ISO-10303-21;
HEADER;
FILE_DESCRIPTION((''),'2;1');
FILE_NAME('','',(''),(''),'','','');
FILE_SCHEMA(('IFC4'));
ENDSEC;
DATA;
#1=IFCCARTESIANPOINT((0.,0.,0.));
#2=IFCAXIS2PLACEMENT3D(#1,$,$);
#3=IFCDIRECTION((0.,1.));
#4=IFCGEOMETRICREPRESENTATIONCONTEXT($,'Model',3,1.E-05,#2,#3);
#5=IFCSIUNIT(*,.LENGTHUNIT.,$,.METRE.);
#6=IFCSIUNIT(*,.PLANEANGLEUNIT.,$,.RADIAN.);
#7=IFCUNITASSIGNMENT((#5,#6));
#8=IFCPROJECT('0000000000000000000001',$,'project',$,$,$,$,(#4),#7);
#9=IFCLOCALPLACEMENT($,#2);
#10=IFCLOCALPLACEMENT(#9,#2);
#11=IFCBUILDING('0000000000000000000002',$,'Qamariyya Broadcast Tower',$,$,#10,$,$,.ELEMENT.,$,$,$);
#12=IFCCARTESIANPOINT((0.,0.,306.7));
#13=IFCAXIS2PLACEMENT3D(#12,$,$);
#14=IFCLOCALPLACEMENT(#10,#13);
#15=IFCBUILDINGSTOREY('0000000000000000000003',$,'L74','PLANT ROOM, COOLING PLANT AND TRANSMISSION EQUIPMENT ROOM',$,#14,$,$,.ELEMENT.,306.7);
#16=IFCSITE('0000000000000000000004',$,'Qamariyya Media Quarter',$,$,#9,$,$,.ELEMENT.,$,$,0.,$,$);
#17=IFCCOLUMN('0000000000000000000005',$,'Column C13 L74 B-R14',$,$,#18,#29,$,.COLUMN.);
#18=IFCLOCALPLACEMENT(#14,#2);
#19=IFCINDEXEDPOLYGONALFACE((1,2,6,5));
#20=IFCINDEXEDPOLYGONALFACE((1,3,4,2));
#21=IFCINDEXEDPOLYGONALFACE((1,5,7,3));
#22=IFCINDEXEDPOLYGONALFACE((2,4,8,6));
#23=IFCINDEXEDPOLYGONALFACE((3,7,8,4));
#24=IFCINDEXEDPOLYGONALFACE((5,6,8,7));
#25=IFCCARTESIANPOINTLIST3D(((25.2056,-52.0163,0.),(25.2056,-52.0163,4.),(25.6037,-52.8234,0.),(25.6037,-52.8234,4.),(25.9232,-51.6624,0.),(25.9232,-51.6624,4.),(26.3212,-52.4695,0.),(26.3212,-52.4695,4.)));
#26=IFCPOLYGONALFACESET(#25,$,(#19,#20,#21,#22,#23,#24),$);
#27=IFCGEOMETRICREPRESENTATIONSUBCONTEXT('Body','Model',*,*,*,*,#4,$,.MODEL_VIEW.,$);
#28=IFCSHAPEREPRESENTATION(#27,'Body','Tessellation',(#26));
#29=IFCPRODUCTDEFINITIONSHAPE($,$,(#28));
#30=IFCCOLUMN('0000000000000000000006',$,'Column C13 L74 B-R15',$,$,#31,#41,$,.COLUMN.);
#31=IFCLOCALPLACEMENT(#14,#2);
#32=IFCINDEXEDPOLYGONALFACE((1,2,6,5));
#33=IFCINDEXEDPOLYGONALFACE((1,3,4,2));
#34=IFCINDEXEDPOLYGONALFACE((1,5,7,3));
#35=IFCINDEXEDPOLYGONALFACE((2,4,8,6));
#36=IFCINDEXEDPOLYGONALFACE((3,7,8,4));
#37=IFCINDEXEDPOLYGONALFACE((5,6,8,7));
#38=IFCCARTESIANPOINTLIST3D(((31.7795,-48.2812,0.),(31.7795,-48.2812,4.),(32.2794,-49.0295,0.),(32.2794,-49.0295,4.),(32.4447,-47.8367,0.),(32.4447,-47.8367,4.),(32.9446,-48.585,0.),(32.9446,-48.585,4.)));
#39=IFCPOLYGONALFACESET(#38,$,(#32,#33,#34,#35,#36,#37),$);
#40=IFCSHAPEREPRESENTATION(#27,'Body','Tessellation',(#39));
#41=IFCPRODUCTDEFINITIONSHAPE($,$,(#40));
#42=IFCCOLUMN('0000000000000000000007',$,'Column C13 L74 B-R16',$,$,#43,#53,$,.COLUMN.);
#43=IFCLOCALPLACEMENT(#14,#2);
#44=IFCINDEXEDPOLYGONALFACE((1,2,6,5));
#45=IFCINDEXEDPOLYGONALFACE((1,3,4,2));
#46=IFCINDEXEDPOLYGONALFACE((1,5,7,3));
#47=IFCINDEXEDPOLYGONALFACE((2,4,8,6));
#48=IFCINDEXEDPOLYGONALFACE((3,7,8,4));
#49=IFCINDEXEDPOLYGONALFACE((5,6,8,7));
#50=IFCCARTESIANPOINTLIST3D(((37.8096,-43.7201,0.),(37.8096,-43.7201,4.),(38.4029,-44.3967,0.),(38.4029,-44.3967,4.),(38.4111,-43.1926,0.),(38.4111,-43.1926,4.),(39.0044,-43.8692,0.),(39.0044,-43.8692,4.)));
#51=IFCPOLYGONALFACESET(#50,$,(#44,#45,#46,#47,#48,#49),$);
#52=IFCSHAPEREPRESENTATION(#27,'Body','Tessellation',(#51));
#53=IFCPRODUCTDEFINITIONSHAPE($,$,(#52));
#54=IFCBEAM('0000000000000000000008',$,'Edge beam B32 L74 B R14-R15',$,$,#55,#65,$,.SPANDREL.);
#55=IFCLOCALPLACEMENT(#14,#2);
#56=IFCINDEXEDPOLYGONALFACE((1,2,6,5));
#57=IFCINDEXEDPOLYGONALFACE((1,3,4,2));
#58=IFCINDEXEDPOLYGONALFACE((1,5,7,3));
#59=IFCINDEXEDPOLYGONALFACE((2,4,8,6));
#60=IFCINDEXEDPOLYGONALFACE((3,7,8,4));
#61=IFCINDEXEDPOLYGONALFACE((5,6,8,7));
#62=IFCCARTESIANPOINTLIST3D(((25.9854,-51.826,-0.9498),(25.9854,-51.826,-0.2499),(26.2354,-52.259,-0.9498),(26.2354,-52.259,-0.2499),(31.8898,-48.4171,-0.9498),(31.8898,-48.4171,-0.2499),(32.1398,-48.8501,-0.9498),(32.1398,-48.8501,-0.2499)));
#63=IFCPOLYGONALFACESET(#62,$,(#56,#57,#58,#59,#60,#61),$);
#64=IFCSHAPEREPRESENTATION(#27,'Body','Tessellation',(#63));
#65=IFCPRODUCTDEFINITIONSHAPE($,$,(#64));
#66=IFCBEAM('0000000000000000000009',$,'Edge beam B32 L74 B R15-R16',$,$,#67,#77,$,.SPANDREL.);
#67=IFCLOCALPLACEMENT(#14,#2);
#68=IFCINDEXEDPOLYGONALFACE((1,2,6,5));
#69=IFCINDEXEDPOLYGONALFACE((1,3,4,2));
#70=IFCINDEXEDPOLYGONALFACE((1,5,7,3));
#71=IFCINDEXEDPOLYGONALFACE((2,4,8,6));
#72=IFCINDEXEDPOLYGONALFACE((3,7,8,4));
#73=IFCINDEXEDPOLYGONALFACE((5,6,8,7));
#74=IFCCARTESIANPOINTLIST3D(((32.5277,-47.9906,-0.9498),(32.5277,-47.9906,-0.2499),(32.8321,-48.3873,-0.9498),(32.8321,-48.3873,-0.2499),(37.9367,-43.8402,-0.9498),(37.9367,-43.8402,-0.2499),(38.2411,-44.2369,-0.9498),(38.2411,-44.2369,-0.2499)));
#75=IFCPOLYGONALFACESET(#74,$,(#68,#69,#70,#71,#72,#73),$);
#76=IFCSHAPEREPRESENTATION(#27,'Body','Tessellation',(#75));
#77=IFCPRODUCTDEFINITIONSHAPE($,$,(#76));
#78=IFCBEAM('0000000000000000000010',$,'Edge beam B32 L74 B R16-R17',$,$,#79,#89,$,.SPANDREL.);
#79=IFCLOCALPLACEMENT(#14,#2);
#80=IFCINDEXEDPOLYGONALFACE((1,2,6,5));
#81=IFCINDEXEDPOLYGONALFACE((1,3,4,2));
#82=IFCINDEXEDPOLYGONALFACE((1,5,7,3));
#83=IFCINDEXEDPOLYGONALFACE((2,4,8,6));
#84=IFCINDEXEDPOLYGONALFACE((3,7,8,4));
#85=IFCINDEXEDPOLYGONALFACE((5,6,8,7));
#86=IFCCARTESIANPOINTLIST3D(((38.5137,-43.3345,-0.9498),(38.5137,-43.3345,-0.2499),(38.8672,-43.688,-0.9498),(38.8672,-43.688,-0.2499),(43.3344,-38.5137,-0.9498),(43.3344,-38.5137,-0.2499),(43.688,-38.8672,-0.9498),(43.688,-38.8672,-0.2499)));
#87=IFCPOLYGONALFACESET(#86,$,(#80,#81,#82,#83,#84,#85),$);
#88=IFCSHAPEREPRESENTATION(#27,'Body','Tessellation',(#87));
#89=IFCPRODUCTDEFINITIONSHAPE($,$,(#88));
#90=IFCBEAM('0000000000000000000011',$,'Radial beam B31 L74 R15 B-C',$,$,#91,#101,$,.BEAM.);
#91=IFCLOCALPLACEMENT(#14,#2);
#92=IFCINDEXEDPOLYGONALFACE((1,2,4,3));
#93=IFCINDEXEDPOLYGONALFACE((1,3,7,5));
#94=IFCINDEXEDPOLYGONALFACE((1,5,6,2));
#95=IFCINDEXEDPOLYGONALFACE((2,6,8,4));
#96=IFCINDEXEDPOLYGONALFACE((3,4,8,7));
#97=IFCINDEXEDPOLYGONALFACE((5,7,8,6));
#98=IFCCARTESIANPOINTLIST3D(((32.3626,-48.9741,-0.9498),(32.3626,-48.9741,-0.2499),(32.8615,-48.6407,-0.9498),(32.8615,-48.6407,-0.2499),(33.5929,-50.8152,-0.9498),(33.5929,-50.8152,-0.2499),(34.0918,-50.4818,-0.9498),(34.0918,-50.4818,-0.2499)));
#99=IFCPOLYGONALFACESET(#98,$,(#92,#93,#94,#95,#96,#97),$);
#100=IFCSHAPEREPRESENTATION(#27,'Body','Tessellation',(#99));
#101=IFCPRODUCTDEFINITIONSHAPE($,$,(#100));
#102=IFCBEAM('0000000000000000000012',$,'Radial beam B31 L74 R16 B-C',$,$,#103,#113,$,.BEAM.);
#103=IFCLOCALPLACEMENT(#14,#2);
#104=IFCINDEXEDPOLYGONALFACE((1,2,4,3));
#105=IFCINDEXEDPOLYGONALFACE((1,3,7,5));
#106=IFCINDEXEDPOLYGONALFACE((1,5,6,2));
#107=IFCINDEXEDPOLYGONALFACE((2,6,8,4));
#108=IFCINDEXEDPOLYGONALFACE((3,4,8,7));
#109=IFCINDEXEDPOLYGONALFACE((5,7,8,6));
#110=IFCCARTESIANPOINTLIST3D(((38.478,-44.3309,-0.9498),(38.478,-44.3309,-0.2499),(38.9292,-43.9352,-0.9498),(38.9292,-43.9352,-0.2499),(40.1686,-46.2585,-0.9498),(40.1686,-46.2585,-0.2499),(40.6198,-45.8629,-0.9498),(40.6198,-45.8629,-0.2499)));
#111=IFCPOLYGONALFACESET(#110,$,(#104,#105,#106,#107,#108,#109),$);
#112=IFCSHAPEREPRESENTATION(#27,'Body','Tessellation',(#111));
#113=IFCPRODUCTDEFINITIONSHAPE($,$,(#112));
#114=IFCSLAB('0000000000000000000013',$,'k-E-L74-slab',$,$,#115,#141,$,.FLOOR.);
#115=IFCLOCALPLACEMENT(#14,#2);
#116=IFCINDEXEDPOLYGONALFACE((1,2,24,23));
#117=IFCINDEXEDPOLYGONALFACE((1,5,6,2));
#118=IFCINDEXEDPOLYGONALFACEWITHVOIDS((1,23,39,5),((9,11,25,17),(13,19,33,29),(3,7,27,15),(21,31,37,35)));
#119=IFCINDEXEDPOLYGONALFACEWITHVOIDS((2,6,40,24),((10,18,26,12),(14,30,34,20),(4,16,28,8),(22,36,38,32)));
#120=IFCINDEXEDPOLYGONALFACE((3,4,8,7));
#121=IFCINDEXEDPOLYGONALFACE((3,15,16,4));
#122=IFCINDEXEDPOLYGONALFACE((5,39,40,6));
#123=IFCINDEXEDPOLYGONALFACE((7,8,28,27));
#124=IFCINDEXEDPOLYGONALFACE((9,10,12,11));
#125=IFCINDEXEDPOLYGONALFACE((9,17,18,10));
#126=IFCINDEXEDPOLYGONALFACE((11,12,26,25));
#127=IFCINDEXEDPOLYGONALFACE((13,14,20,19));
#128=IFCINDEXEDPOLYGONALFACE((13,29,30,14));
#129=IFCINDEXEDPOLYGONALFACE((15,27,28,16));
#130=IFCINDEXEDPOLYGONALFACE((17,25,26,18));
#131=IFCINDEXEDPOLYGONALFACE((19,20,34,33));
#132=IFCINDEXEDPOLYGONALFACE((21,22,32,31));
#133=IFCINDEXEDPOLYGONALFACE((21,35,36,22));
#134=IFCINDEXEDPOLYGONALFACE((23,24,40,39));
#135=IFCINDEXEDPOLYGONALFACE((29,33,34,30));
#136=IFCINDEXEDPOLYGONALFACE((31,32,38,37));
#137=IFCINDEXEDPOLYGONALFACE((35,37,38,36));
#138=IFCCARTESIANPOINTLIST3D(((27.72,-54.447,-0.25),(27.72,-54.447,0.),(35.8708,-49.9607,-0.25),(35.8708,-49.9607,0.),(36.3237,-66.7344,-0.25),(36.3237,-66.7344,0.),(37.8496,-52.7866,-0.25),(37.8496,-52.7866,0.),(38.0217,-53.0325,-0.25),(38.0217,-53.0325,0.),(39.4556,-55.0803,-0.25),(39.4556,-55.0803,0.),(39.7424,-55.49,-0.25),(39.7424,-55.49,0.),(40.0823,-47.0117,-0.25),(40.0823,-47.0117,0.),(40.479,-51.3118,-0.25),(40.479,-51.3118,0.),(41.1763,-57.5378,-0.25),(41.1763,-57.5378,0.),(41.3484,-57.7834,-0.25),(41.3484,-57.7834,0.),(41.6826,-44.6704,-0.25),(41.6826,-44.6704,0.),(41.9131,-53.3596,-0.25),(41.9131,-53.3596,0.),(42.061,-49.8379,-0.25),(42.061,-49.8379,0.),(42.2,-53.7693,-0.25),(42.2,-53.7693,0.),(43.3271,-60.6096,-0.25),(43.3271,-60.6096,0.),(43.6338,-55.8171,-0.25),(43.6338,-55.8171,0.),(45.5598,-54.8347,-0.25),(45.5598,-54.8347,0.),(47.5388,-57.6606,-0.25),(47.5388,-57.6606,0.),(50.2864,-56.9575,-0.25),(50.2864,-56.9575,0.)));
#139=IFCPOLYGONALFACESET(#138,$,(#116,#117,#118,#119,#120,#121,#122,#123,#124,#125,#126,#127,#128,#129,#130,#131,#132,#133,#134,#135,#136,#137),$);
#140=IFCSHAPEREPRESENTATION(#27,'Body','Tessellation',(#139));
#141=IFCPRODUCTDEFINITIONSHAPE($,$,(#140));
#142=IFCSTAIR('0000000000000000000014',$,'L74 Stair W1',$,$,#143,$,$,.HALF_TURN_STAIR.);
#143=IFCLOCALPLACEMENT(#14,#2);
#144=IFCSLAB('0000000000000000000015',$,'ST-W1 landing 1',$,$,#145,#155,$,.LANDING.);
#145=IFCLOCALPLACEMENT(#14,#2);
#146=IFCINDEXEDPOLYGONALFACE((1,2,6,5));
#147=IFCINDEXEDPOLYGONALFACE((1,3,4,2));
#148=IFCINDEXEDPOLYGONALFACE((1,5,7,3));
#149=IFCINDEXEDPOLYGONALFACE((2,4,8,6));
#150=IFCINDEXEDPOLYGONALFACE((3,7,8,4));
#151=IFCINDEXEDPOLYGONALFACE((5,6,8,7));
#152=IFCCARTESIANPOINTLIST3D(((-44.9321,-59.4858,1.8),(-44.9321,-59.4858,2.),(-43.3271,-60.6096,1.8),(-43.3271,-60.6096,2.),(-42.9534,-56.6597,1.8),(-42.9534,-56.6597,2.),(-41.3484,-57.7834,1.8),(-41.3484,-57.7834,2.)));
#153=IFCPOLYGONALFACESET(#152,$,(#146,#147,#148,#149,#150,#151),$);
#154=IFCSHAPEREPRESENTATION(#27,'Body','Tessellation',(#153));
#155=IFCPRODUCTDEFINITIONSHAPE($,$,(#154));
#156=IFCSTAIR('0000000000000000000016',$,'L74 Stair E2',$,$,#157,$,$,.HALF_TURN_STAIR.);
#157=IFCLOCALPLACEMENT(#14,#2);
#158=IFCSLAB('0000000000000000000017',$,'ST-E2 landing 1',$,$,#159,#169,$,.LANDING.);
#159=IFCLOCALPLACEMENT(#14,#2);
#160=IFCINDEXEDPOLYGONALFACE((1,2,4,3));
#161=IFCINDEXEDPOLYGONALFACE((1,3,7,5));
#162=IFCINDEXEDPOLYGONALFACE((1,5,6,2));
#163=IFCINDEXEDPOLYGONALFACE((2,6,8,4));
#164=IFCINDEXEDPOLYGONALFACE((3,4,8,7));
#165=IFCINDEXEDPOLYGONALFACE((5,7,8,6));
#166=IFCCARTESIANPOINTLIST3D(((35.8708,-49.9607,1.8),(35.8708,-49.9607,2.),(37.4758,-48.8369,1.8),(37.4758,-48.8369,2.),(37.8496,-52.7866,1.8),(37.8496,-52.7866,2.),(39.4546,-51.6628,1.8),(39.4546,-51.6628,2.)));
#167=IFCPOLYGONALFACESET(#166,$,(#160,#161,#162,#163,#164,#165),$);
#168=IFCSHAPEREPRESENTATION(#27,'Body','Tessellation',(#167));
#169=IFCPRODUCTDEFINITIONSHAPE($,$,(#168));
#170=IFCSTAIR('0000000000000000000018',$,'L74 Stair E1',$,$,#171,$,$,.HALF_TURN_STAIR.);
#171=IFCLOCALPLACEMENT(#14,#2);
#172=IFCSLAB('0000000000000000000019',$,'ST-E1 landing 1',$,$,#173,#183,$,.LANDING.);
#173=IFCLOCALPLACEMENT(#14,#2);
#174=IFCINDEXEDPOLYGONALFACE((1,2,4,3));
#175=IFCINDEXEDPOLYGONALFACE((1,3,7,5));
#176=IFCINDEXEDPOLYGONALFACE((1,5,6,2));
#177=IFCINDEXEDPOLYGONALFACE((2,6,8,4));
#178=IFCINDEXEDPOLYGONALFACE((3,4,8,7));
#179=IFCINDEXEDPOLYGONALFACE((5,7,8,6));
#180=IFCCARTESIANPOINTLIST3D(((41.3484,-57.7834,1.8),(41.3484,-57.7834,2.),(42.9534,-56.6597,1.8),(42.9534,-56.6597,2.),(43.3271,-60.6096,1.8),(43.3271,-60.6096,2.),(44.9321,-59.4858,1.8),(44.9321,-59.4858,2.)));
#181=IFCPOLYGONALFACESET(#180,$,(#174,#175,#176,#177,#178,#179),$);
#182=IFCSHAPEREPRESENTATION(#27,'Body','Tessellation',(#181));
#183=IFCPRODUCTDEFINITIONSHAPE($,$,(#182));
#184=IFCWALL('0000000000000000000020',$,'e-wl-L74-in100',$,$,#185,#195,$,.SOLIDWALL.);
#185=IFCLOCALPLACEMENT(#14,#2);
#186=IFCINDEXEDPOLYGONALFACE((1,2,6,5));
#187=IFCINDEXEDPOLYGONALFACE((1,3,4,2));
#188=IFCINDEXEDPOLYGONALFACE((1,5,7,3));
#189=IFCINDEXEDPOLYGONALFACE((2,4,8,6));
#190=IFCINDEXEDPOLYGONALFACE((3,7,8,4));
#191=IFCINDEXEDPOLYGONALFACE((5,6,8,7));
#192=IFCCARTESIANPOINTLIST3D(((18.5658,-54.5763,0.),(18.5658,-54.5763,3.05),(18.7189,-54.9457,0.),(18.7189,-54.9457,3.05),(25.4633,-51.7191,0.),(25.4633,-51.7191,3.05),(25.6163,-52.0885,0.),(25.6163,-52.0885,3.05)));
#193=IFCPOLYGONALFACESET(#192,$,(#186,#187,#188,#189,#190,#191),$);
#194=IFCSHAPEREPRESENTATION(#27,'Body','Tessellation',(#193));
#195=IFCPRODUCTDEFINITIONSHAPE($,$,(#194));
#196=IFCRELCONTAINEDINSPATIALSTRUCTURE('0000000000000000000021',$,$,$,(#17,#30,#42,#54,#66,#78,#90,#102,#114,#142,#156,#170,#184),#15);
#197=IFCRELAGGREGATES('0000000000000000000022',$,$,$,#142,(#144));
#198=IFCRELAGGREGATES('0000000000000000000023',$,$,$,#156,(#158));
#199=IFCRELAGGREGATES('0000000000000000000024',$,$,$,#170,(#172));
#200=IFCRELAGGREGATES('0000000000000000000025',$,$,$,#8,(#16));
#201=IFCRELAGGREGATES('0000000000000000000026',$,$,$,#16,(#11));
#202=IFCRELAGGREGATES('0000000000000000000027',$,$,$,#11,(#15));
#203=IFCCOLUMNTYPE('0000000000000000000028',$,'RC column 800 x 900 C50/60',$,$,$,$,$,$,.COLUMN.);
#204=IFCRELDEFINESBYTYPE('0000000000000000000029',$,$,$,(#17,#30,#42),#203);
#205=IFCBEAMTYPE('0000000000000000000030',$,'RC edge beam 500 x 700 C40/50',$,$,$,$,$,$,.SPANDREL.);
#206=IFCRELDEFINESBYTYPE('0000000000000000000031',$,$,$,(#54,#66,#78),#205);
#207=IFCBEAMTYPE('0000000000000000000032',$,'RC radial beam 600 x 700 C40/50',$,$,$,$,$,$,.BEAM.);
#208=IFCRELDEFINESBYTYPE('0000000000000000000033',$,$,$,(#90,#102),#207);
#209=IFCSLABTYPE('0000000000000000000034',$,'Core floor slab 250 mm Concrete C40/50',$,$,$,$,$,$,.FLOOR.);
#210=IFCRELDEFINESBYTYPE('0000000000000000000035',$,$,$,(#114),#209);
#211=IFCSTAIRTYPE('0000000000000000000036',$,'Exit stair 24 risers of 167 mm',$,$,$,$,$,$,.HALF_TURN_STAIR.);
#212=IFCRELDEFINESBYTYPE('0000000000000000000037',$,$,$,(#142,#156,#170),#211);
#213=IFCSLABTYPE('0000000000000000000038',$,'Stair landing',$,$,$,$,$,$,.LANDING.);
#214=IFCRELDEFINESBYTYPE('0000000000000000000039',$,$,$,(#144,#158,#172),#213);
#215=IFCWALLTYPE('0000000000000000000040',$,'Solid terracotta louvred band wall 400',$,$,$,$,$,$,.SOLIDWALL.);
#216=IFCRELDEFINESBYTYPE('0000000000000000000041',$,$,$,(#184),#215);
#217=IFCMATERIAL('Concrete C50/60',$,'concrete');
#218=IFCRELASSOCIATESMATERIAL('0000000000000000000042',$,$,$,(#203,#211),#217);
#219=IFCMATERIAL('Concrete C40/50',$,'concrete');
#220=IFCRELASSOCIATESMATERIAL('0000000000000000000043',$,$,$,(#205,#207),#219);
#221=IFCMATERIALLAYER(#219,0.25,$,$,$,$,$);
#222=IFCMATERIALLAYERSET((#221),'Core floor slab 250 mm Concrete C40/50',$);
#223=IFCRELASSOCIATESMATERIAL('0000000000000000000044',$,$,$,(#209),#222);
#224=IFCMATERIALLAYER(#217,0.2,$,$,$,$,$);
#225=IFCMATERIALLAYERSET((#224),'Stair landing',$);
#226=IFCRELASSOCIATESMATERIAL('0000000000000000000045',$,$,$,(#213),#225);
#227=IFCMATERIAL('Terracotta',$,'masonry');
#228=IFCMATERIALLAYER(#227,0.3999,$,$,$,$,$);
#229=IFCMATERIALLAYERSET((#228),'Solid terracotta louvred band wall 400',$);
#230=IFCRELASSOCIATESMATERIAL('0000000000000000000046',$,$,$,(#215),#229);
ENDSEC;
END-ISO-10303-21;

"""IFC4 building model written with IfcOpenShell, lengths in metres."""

from ifc_helpers import new_model, si_unit, direction, frame, frame_2d, origin, origin_2d, place, context, subcontext, project, spatial, polyline, rectangle, outline, extrude, material, layer, layer_set, material_profile, profile_set, type_object, element, aggregate, save


model = new_model("IFC4")

# Units and contexts
model_context = context("Model", 3, precision=1e-05, world=origin(), true_north=direction((0.0, 1.0)))
body_context = subcontext(model_context, "Body", "Model", "MODEL_VIEW")
ifc_project = project(units=[si_unit("LENGTHUNIT", "METRE"), si_unit("PLANEANGLEUNIT", "RADIAN")], contexts=[model_context])

# Site, building, storey
site_placement = place(None, origin())
site = spatial("IfcSite", under=ifc_project, at=site_placement, Name="Qamariyya Media Quarter", CompositionType="ELEMENT", RefElevation=0.0)
building_placement = place(site_placement, origin())
building = spatial("IfcBuilding", under=site, at=building_placement, Name="Qamariyya Broadcast Tower", CompositionType="ELEMENT")
storey_placement = place(building_placement, frame((0.0, 0.0, 306.7)))
storey = spatial("IfcBuildingStorey", under=building, at=storey_placement, Name="L74", Description="PLANT ROOM, COOLING PLANT AND TRANSMISSION EQUIPMENT ROOM", CompositionType="ELEMENT", Elevation=306.7)

# Columns
ifc_material_1 = material(Name="Concrete C50/60", Category="concrete")
ifc_material_profile_1 = material_profile(ifc_material_1, rectangle(XDim=0.8, YDim=0.8999, at=origin_2d()))
ifc_profile_set_1 = profile_set([ifc_material_profile_1], Name="Concrete C50/60")
column_type = type_object("IfcColumnType", Name="RC column 800 x 900 C50/60", PredefinedType="COLUMN", material=ifc_profile_set_1)
for number, where, z_axis, x_axis, name in (
    (1, (25.7634, -52.2429, 0.0), (0.0, 0.0, 1.0), (0.896873, 0.442289, 0.0), "Column C13 L74 B-R14"),
    (2, (32.3621, -48.4331, 0.0), (0.0, 0.0, 1.0), (0.83147, 0.55557, 0.0), "Column C13 L74 B-R15"),
    (3, (38.407, -43.7947, 0.0), (0.0, 0.0, 1.0), (0.75184, 0.659346, 0.0), "Column C13 L74 B-R16"),
):
    element("IfcColumn", number, at=place(storey_placement, frame(where, z_axis=z_axis, x_axis=x_axis)), inside=storey, type_object=column_type, Name=name, PredefinedType="COLUMN", context=body_context, shape_type="SweptSolid", body=[
        extrude(rectangle(XDim=0.8, YDim=0.8999, at=origin_2d()), origin(), (0.0, 0.0, 1.0), 4.0),
    ])

# Beams
ifc_material_2 = material(Name="Concrete C40/50", Category="concrete")
ifc_material_profile_2 = material_profile(ifc_material_2, rectangle(XDim=0.5, YDim=0.7, at=origin_2d()))
ifc_profile_set_2 = profile_set([ifc_material_profile_2], Name="Concrete C40/50")
beam_type_1 = type_object("IfcBeamType", Name="RC edge beam 500 x 700 C40/50", PredefinedType="SPANDREL", material=ifc_profile_set_2)
for number, where, z_axis, x_axis, name in (
    (4, (26.1104, -52.0425, -0.5999), (0.866029, 0.499994, 0.0), (-0.499994, 0.866029, 0.0), "Edge beam B32 L74 B R14-R15"),
    (5, (32.6799, -48.189, -0.5999), (0.793356, 0.608759, 0.0), (-0.608759, 0.793356, 0.0), "Edge beam B32 L74 B R15-R16"),
):
    element("IfcBeam", number, at=place(storey_placement, frame(where, z_axis=z_axis, x_axis=x_axis)), inside=storey, type_object=beam_type_1, Name=name, PredefinedType="SPANDREL", context=body_context, shape_type="SweptSolid", body=[
        extrude(rectangle(XDim=0.5, YDim=0.7, at=origin_2d()), origin(), (0.0, 0.0, 1.0), 6.8179),
    ])
beam_1_placement = place(storey_placement, frame((38.6904, -43.5112, -0.5999), z_axis=(0.707107, 0.707107, 0.0), x_axis=(-0.707107, 0.707107, 0.0)))
element("IfcBeam", 6, at=beam_1_placement, inside=storey, type_object=beam_type_1, Name="Edge beam B32 L74 B R16-R17", PredefinedType="SPANDREL", context=body_context, shape_type="SweptSolid", body=[
    extrude(rectangle(XDim=0.5, YDim=0.7, at=origin_2d()), origin(), (0.0, 0.0, 1.0), 6.8176),
])
ifc_material_profile_3 = material_profile(ifc_material_2, rectangle(XDim=0.6001, YDim=0.7, at=origin_2d()))
ifc_profile_set_3 = profile_set([ifc_material_profile_3], Name="Concrete C40/50")
beam_type_2 = type_object("IfcBeamType", Name="RC radial beam 600 x 700 C40/50", PredefinedType="BEAM", material=ifc_profile_set_3)
beam_2_placement = place(storey_placement, frame((32.6121, -48.8074, -0.5999), z_axis=(0.55559, -0.831456, 0.0), x_axis=(0.831456, 0.55559, 0.0)))
element("IfcBeam", 7, at=beam_2_placement, inside=storey, type_object=beam_type_2, Name="Radial beam B31 L74 R15 B-C", PredefinedType="BEAM", context=body_context, shape_type="SweptSolid", body=[
    extrude(rectangle(XDim=0.6001, YDim=0.7, at=origin_2d()), origin(), (0.0, 0.0, 1.0), 2.2144),
])
beam_3_placement = place(storey_placement, frame((38.7036, -44.1331, -0.5999), z_axis=(0.659367, -0.751821, 0.0), x_axis=(0.751821, 0.659367, 0.0)))
element("IfcBeam", 8, at=beam_3_placement, inside=storey, type_object=beam_type_2, Name="Radial beam B31 L74 R16 B-C", PredefinedType="BEAM", context=body_context, shape_type="SweptSolid", body=[
    extrude(rectangle(XDim=0.6001, YDim=0.7, at=origin_2d()), origin(), (0.0, 0.0, 1.0), 2.564),
])

# Slab
ifc_layer_1 = layer(ifc_material_2, 0.25)
ifc_layer_set_1 = layer_set([ifc_layer_1], Name="Core floor slab 250 mm Concrete C40/50")
slab_type_1 = type_object("IfcSlabType", Name="Core floor slab 250 mm Concrete C40/50", PredefinedType="FLOOR", material=ifc_layer_set_1)
slab_1_placement = place(storey_placement, frame((0.0, 0.0, -0.25)))
element("IfcSlab", 9, at=slab_1_placement, inside=storey, type_object=slab_type_1, Name="k-E-L74-slab", PredefinedType="FLOOR", context=body_context, shape_type="SweptSolid", body=[
    extrude(outline(polyline([(36.3237, -66.7344), (50.2864, -56.9575), (41.6826, -44.6704), (27.72, -54.447), (36.3237, -66.7344)]), holes=[polyline([(39.7424, -55.49), (42.2, -53.7693), (43.6338, -55.8171), (41.1763, -57.5378), (39.7424, -55.49)]), polyline([(39.4556, -55.0803), (41.9131, -53.3596), (40.479, -51.3118), (38.0217, -53.0325), (39.4556, -55.0803)]), polyline([(40.0823, -47.0117), (35.8708, -49.9607), (37.8496, -52.7866), (42.061, -49.8379), (40.0823, -47.0117)]), polyline([(45.5598, -54.8347), (41.3484, -57.7834), (43.3271, -60.6096), (47.5388, -57.6606), (45.5598, -54.8347)])]), origin(), (0.0, 0.0, 1.0), 0.25),
])

# Stairs, slabs
stair_type = type_object("IfcStairType", Name="Exit stair 24 risers of 167 mm", PredefinedType="HALF_TURN_STAIR", material=ifc_material_1)
stair_1_placement = place(storey_placement, origin())
stair_1 = element("IfcStair", 10, at=stair_1_placement, inside=storey, type_object=stair_type, Name="L74 Stair W1", PredefinedType="HALF_TURN_STAIR")
ifc_layer_2 = layer(ifc_material_1, 0.2)
ifc_layer_set_2 = layer_set([ifc_layer_2], Name="Stair landing")
slab_type_2 = type_object("IfcSlabType", Name="Stair landing", PredefinedType="LANDING", material=ifc_layer_set_2)
slab_2_placement = place(storey_placement, frame((0.0, 0.0, 1.8)))
slab_2 = element("IfcSlab", 11, at=slab_2_placement, type_object=slab_type_2, Name="ST-W1 landing 1", PredefinedType="LANDING", context=body_context, shape_type="SweptSolid", body=[
    extrude(outline(polyline([(-44.9321, -59.4858), (-43.3271, -60.6096), (-41.3484, -57.7834), (-42.9534, -56.6597), (-44.9321, -59.4858)])), origin(), (0.0, 0.0, 1.0), 0.2),
])
aggregate(stair_1, [slab_2])
stair_2_placement = place(storey_placement, origin())
stair_2 = element("IfcStair", 12, at=stair_2_placement, inside=storey, type_object=stair_type, Name="L74 Stair E2", PredefinedType="HALF_TURN_STAIR")
slab_3_placement = place(storey_placement, frame((0.0, 0.0, 1.8)))
slab_3 = element("IfcSlab", 13, at=slab_3_placement, type_object=slab_type_2, Name="ST-E2 landing 1", PredefinedType="LANDING", context=body_context, shape_type="SweptSolid", body=[
    extrude(outline(polyline([(37.4758, -48.8369), (35.8708, -49.9607), (37.8496, -52.7866), (39.4546, -51.6628), (37.4758, -48.8369)])), origin(), (0.0, 0.0, 1.0), 0.2),
])
aggregate(stair_2, [slab_3])
stair_3_placement = place(storey_placement, origin())
stair_3 = element("IfcStair", 14, at=stair_3_placement, inside=storey, type_object=stair_type, Name="L74 Stair E1", PredefinedType="HALF_TURN_STAIR")
slab_4_placement = place(storey_placement, frame((0.0, 0.0, 1.8)))
slab_4 = element("IfcSlab", 15, at=slab_4_placement, type_object=slab_type_2, Name="ST-E1 landing 1", PredefinedType="LANDING", context=body_context, shape_type="SweptSolid", body=[
    extrude(outline(polyline([(42.9534, -56.6597), (41.3484, -57.7834), (43.3271, -60.6096), (44.9321, -59.4858), (42.9534, -56.6597)])), origin(), (0.0, 0.0, 1.0), 0.2),
])
aggregate(stair_3, [slab_4])

# Wall
ifc_material_3 = material(Name="Terracotta", Category="masonry")
ifc_layer_3 = layer(ifc_material_3, 0.3999)
ifc_layer_set_3 = layer_set([ifc_layer_3], Name="Solid terracotta louvred band wall 400")
wall_type = type_object("IfcWallType", Name="Solid terracotta louvred band wall 400", PredefinedType="SOLIDWALL", material=ifc_layer_set_3)
wall_1_placement = place(storey_placement, frame((25.5398, -51.9038, 0.0), z_axis=(0.0, 0.0, 1.0), x_axis=(-0.923872, -0.382701, 0.0)))
element("IfcWall", 16, at=wall_1_placement, inside=storey, type_object=wall_type, Name="e-wl-L74-in100", PredefinedType="SOLIDWALL", context=body_context, shape_type="SweptSolid", body=[
    extrude(rectangle(XDim=7.4658, YDim=0.3999, at=frame_2d((3.7329, 0.0))), origin(), (0.0, 0.0, 1.0), 3.05),
])

save(model, "model.ifc")
